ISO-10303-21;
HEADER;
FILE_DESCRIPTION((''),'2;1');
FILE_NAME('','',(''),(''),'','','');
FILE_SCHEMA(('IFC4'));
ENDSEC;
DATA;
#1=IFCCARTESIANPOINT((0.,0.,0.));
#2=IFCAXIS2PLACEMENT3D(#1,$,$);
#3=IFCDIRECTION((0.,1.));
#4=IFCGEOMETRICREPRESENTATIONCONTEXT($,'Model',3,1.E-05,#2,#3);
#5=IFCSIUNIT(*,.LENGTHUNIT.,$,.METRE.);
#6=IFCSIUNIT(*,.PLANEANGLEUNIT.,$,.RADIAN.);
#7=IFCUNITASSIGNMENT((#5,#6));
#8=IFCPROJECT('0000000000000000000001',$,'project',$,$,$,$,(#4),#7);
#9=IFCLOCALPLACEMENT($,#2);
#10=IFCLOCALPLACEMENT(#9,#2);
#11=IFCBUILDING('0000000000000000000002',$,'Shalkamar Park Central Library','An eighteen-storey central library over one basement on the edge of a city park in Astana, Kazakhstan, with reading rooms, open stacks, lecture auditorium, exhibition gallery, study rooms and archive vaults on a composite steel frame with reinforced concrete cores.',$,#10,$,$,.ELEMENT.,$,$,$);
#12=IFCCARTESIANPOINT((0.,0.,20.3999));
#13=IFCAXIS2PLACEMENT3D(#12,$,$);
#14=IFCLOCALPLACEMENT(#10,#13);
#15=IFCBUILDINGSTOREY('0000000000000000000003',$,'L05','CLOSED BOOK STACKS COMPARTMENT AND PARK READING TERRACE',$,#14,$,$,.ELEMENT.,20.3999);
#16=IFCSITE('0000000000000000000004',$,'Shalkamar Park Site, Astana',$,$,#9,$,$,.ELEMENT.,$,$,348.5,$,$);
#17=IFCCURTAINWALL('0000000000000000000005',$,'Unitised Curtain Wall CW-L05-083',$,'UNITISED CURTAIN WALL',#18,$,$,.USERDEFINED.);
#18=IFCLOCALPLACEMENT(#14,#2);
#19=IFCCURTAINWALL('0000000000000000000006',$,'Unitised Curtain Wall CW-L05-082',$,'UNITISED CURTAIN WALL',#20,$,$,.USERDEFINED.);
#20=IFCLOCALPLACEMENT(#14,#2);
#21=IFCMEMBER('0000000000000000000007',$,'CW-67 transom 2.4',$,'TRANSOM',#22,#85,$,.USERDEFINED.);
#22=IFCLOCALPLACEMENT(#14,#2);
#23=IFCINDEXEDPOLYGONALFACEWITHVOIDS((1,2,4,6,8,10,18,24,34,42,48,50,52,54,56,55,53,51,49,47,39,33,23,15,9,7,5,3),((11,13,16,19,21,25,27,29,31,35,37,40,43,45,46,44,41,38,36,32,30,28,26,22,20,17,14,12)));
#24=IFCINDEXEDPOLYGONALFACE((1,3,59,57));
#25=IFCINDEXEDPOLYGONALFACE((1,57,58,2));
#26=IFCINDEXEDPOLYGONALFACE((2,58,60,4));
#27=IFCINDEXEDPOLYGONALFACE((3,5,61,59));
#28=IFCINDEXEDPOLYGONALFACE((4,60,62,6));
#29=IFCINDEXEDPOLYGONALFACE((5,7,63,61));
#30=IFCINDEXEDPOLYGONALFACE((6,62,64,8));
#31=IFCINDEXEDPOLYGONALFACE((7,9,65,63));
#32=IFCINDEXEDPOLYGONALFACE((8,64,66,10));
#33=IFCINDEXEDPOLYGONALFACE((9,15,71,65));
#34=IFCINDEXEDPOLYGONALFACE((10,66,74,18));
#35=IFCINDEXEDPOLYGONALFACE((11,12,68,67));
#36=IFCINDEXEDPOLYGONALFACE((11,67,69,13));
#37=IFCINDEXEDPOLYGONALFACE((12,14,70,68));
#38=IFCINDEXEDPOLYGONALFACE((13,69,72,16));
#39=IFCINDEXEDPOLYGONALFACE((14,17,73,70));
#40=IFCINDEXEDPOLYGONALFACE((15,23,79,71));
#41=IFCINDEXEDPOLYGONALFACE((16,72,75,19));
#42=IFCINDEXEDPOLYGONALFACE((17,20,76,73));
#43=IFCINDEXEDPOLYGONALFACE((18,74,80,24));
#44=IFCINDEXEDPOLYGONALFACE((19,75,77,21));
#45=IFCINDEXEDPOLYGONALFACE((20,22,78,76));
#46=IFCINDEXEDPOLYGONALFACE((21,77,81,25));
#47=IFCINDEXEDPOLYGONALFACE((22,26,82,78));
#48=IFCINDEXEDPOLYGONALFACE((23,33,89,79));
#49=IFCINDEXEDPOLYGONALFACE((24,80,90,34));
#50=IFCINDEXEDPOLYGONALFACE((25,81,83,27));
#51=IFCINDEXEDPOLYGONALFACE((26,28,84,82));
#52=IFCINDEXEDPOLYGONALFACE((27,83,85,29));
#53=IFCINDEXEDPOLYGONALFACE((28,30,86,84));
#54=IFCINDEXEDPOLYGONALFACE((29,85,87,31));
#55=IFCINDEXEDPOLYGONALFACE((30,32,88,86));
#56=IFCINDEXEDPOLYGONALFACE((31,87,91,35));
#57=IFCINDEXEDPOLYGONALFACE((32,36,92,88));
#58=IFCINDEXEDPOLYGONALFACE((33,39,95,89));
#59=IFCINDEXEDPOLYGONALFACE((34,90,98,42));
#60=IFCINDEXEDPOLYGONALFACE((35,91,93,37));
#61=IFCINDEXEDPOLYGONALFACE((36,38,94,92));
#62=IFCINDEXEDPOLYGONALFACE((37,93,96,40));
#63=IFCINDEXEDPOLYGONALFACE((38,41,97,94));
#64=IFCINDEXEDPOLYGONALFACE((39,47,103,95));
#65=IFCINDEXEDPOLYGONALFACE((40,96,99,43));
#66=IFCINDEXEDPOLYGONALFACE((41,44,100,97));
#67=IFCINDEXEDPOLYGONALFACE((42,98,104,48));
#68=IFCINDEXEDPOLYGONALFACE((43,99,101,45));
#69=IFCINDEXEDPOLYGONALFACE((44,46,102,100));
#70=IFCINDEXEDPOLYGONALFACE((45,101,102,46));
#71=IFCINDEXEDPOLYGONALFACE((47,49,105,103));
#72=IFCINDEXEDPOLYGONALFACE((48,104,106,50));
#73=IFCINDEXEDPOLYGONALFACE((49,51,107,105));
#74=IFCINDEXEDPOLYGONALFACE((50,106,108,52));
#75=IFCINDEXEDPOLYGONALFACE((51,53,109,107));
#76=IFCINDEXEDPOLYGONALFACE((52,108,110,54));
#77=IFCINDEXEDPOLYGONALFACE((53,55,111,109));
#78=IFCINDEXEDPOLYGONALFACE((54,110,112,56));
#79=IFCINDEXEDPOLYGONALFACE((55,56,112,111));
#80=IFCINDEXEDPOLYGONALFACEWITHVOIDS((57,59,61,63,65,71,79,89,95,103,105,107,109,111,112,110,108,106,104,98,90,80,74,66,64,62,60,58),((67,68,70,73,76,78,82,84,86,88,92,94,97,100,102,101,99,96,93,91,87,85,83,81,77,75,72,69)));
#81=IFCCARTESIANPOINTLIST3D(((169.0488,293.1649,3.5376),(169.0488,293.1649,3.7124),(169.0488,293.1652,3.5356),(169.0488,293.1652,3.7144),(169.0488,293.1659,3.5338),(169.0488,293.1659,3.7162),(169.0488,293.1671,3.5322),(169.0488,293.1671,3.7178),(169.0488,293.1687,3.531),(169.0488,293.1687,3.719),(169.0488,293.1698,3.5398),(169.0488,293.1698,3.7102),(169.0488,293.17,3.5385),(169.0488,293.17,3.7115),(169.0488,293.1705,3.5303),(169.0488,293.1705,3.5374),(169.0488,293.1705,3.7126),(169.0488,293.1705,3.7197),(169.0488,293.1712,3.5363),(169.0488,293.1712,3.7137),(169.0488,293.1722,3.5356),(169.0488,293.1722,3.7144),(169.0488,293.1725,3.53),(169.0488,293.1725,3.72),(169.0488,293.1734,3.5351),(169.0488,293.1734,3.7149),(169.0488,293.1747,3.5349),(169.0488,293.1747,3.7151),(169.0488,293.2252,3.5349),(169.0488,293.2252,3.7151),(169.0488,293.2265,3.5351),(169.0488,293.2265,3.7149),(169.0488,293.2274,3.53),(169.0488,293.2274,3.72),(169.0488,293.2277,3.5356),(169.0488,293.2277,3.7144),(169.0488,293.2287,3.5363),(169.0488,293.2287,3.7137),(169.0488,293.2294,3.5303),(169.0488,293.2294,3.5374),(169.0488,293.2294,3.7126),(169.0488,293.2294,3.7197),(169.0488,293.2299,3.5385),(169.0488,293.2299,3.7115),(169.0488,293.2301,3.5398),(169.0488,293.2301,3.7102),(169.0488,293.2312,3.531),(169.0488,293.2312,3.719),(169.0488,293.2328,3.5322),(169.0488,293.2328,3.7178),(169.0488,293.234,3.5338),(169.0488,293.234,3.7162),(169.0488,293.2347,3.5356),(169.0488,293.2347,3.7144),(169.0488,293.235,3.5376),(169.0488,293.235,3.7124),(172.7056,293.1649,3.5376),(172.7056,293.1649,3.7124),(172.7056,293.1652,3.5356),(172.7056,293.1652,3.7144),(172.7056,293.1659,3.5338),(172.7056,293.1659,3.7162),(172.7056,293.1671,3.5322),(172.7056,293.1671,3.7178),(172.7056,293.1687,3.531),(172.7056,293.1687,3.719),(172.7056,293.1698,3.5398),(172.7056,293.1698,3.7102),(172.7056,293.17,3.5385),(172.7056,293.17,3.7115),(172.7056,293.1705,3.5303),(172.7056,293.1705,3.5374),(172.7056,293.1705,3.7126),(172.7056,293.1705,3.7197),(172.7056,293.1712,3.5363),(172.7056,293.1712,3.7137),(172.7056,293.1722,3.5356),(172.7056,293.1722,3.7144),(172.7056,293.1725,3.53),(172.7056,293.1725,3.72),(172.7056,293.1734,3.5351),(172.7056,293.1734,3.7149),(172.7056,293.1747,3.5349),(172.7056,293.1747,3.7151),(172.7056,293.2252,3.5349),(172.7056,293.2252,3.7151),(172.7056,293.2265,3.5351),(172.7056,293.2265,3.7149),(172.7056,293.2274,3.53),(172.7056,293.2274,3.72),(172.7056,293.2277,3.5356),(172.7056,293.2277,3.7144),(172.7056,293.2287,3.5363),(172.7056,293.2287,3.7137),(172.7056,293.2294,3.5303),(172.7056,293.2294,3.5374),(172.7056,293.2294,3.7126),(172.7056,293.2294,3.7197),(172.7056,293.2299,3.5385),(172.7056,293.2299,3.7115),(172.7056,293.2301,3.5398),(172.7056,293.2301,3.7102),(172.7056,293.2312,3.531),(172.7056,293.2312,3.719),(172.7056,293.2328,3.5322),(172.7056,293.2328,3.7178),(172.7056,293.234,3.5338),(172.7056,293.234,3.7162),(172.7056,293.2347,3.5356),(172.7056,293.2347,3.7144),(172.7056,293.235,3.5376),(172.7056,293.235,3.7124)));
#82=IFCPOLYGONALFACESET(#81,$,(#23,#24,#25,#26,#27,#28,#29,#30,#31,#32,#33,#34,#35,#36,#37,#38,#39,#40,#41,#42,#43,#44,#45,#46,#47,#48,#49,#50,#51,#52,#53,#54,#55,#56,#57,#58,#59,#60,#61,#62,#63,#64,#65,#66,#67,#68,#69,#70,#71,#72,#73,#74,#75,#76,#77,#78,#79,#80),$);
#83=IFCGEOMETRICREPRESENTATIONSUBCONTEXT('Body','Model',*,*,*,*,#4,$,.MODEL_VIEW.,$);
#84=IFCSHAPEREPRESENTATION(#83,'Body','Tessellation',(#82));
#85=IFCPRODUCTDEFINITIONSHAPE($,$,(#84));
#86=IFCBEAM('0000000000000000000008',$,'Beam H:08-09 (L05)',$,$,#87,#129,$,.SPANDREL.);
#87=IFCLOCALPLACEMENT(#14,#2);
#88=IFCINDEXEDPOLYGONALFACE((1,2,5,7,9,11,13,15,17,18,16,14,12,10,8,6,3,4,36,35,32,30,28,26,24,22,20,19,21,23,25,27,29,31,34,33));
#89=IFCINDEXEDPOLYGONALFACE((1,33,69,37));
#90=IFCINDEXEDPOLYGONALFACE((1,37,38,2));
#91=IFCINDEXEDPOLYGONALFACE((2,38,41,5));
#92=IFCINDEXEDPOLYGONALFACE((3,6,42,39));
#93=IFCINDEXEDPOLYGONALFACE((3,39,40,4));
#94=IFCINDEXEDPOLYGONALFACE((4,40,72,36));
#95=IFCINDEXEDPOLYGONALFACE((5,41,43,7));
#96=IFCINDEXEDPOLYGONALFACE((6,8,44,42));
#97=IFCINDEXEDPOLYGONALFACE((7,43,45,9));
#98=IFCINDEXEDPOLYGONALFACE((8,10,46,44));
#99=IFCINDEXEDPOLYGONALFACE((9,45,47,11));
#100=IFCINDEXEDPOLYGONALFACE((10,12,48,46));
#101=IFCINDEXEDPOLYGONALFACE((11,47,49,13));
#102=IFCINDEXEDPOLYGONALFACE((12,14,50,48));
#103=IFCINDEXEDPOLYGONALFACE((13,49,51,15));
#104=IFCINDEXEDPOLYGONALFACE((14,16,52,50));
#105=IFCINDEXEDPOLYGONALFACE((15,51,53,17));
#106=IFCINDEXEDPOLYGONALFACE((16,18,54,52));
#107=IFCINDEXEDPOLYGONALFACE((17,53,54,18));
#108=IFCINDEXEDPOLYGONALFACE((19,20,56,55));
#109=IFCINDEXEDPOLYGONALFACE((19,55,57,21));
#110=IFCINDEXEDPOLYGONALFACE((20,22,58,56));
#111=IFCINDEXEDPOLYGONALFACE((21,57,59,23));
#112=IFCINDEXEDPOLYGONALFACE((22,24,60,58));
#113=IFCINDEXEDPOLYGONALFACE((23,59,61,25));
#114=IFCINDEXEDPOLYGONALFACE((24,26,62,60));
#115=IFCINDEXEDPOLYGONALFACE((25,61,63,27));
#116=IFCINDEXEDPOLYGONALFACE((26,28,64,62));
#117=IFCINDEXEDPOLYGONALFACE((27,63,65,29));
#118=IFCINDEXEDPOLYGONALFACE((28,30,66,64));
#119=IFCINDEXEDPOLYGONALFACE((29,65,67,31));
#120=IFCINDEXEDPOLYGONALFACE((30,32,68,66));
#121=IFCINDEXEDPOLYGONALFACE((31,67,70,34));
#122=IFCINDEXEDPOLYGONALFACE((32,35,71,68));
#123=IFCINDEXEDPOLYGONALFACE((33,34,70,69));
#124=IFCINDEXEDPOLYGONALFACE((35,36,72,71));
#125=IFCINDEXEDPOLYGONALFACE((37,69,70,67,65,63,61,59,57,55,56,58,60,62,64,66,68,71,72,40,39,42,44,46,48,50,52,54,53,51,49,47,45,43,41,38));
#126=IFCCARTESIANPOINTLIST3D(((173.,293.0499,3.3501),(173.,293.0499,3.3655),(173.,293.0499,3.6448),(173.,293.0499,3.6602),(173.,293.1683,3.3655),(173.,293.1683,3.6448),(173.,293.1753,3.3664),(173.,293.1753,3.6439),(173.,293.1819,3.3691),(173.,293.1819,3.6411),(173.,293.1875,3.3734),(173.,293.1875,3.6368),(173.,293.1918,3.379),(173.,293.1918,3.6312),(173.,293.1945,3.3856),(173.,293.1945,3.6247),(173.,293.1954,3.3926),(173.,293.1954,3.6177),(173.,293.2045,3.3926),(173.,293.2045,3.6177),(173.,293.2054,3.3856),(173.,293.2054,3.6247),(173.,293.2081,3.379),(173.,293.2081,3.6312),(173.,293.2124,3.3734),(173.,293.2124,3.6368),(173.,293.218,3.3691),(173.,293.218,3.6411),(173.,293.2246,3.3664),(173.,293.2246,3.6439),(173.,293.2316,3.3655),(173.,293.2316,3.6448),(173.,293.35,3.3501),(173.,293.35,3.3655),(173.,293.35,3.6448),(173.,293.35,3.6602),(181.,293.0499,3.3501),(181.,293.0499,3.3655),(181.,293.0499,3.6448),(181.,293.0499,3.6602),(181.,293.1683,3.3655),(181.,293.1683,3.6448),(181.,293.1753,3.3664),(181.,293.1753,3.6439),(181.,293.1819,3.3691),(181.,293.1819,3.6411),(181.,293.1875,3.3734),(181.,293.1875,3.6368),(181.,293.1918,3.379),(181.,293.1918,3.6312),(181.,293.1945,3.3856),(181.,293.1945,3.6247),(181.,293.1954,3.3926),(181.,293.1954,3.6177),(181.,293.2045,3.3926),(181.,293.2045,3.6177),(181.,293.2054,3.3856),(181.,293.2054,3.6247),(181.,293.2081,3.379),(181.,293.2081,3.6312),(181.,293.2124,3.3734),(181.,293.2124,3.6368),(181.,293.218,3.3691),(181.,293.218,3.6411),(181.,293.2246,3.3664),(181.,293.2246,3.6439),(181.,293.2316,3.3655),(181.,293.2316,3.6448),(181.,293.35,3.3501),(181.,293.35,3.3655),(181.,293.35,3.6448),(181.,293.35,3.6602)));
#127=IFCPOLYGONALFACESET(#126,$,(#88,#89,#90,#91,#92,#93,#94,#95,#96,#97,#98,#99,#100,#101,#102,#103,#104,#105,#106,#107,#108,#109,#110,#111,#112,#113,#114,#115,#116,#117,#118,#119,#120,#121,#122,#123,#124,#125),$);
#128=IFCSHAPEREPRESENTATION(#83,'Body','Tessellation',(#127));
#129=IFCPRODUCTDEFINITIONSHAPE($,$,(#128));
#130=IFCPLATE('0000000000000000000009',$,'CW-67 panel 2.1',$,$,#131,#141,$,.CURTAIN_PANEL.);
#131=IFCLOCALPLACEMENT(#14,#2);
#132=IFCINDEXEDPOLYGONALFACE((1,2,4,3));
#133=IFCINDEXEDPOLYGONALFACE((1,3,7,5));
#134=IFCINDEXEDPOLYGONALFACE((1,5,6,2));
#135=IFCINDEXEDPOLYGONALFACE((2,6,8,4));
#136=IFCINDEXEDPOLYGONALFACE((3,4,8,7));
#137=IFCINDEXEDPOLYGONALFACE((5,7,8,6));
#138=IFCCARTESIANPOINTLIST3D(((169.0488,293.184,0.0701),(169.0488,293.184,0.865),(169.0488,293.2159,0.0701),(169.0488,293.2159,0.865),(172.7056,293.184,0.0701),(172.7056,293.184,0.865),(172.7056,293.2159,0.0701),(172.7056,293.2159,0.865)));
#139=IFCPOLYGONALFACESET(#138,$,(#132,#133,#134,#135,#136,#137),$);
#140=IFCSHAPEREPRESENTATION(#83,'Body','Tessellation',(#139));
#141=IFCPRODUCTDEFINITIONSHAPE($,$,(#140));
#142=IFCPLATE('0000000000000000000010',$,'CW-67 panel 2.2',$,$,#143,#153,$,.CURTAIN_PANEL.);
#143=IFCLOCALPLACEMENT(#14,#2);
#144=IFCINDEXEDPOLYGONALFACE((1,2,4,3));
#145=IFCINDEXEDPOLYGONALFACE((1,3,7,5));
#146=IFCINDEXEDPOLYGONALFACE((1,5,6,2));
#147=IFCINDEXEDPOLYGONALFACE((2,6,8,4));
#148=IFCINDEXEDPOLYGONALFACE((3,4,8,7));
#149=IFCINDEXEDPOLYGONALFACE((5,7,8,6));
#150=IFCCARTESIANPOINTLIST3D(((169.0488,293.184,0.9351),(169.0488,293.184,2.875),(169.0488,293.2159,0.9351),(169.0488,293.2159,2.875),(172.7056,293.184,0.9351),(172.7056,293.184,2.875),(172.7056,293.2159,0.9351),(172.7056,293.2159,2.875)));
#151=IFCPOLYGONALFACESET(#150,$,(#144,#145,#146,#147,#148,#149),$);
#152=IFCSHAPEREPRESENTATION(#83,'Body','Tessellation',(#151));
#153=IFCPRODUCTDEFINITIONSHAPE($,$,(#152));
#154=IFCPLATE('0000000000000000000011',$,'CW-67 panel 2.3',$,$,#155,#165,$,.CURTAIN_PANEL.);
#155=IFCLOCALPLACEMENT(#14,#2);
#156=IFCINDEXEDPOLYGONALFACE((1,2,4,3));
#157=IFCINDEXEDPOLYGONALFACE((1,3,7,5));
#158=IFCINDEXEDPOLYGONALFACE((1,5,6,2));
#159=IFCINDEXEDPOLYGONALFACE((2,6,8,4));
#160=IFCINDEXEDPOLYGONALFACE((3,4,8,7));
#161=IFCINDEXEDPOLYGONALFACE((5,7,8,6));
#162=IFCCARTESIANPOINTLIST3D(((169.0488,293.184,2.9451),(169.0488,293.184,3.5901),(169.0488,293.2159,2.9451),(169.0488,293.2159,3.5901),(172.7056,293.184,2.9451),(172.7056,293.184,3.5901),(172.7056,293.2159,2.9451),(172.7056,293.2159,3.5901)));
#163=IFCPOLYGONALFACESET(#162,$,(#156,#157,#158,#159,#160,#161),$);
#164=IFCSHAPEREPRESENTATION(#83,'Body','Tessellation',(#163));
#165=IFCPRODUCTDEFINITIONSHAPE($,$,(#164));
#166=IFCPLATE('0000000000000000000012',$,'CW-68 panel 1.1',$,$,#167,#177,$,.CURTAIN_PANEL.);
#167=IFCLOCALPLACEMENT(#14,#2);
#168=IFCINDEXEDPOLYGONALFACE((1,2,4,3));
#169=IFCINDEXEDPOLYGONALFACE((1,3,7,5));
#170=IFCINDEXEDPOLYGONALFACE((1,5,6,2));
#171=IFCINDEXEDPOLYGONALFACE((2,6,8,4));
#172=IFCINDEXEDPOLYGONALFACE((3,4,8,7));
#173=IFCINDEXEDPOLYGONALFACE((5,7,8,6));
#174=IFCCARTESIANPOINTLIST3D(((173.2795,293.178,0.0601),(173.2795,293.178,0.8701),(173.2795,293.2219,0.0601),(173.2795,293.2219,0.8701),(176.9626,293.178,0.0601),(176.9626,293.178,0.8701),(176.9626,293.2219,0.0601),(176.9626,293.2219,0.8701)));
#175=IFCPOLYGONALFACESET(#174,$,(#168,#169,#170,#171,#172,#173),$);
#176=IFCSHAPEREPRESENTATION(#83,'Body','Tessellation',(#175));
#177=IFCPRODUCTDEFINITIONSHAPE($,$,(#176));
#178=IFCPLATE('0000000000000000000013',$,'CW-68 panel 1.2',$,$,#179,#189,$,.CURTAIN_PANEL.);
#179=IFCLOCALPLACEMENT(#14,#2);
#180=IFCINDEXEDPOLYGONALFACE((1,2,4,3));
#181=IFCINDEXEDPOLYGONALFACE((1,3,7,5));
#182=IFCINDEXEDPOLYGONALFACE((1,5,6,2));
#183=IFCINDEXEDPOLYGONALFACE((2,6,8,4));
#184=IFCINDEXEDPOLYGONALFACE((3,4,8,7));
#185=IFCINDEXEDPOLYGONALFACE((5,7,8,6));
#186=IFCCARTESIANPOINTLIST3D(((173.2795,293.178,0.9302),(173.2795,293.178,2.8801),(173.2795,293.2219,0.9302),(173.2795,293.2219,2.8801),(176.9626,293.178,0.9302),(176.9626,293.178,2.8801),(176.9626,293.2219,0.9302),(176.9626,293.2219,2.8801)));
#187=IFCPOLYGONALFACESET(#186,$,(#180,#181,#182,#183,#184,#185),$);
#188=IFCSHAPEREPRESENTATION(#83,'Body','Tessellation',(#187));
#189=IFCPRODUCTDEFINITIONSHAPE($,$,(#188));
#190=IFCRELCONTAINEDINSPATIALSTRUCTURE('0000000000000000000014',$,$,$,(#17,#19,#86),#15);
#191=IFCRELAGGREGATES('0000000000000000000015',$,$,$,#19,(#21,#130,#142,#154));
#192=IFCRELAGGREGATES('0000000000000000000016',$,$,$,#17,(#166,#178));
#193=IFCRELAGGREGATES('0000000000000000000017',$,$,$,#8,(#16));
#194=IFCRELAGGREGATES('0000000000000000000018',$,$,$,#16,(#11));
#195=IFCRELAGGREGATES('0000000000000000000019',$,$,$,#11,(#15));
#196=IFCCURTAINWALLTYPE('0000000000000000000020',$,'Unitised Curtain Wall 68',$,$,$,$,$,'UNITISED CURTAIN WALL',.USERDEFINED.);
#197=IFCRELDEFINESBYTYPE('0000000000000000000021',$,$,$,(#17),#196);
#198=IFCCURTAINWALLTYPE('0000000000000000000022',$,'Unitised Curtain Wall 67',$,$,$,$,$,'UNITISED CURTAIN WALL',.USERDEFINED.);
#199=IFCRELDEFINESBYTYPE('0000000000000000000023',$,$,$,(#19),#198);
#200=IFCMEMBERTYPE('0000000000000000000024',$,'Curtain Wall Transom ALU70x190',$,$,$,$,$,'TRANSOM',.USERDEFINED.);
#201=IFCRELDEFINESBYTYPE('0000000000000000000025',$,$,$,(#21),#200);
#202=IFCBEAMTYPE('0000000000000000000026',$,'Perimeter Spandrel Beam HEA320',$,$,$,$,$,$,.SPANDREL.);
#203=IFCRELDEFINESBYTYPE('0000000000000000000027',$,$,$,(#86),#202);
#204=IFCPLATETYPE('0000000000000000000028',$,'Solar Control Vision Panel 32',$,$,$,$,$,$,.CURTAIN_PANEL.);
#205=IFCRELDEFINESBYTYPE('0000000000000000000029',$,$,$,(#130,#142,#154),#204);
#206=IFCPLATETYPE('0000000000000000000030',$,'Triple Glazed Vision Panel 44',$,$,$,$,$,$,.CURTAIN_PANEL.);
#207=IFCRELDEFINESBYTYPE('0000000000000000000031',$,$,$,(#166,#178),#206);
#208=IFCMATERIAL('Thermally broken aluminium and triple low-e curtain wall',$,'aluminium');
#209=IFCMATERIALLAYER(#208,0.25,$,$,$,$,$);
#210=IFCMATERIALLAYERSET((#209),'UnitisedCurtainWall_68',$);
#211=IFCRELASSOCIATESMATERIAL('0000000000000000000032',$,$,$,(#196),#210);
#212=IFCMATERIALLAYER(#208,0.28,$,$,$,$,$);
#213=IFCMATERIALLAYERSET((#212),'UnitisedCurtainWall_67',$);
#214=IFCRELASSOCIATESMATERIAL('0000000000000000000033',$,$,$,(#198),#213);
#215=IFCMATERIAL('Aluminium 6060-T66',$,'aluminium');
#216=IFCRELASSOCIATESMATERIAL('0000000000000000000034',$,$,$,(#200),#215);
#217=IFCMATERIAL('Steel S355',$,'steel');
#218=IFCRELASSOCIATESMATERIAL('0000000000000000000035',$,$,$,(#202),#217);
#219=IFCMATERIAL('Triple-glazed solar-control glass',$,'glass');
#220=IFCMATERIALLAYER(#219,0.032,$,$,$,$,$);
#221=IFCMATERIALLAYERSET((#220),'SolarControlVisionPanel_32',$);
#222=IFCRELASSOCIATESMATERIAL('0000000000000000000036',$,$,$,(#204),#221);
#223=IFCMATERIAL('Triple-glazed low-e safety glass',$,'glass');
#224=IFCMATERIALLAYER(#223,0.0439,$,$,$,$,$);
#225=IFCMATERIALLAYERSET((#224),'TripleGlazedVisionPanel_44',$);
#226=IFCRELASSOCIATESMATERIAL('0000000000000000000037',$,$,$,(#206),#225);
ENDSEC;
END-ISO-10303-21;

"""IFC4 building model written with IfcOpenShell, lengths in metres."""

from ifc_helpers import new_model, si_unit, direction, frame, origin, origin_2d, place, context, subcontext, project, spatial, rectangle, hollow_rectangle, i_section, extrude, material, layer, layer_set, material_profile, profile_set, type_object, element, aggregate, save


model = new_model("IFC4")

# Units and contexts
model_context = context("Model", 3, precision=1e-05, world=origin(), true_north=direction((0.0, 1.0)))
body_context = subcontext(model_context, "Body", "Model", "MODEL_VIEW")
ifc_project = project(units=[si_unit("LENGTHUNIT", "METRE"), si_unit("PLANEANGLEUNIT", "RADIAN")], contexts=[model_context])

# Site, building, storey
site_placement = place(None, origin())
site = spatial("IfcSite", under=ifc_project, at=site_placement, Name="Shalkamar Park Site, Astana", CompositionType="ELEMENT", RefElevation=348.5)
building_placement = place(site_placement, origin())
building = spatial("IfcBuilding", under=site, at=building_placement, Name="Shalkamar Park Central Library", Description="An eighteen-storey central library over one basement on the edge of a city park in Astana, Kazakhstan, with reading rooms, open stacks, lecture auditorium, exhibition gallery, study rooms and archive vaults on a composite steel frame with reinforced concrete cores.", CompositionType="ELEMENT")
storey_placement = place(building_placement, frame((0.0, 0.0, 20.3999)))
storey = spatial("IfcBuildingStorey", under=building, at=storey_placement, Name="L05", Description="CLOSED BOOK STACKS COMPARTMENT AND PARK READING TERRACE", CompositionType="ELEMENT", Elevation=20.3999)

# Shared definitions
ifc_material_1 = material(Name="Steel S355", Category="steel")

# Curtain walls
ifc_material_2 = material(Name="Thermally broken aluminium and triple low-e curtain wall", Category="aluminium")
ifc_layer_1 = layer(ifc_material_2, 0.25)
ifc_layer_set_1 = layer_set([ifc_layer_1], Name="UnitisedCurtainWall_68")
curtain_wall_type_1 = type_object("IfcCurtainWallType", Name="Unitised Curtain Wall 68", ElementType="UNITISED CURTAIN WALL", PredefinedType="USERDEFINED", material=ifc_layer_set_1)
curtain_wall_1_placement = place(storey_placement, origin())
curtain_wall_1 = element("IfcCurtainWall", 1, at=curtain_wall_1_placement, inside=storey, type_object=curtain_wall_type_1, Name="Unitised Curtain Wall CW-L05-083", ObjectType="UNITISED CURTAIN WALL", PredefinedType="USERDEFINED")
ifc_material_3 = material(Name="Aluminium 6060-T66", Category="aluminium")
ifc_layer_2 = layer(ifc_material_2, 0.28)
ifc_layer_set_2 = layer_set([ifc_layer_2], Name="UnitisedCurtainWall_67")
curtain_wall_type_2 = type_object("IfcCurtainWallType", Name="Unitised Curtain Wall 67", ElementType="UNITISED CURTAIN WALL", PredefinedType="USERDEFINED", material=ifc_layer_set_2)
curtain_wall_2_placement = place(storey_placement, origin())
curtain_wall_2 = element("IfcCurtainWall", 2, at=curtain_wall_2_placement, inside=storey, type_object=curtain_wall_type_2, Name="Unitised Curtain Wall CW-L05-082", ObjectType="UNITISED CURTAIN WALL", PredefinedType="USERDEFINED")

# Member
ifc_material_profile_1 = material_profile(ifc_material_3, hollow_rectangle(XDim=0.0701, YDim=0.1899, WallThickness=0.0049, InnerFilletRadius=0.0049, OuterFilletRadius=0.0076, at=origin_2d()), Name="ALU 70x190x5")
ifc_profile_set_1 = profile_set([ifc_material_profile_1], Name="Aluminium 6060-T66")
member_type_1 = type_object("IfcMemberType", Name="Curtain Wall Transom ALU70x190", ElementType="TRANSOM", PredefinedType="USERDEFINED", material=ifc_profile_set_1)
member_1_placement = place(storey_placement, frame((169.0488, 293.2, 3.625), z_axis=(1.0, 0.0, 0.0), x_axis=(0.0, 1.0, 0.0)))
member_1 = element("IfcMember", 3, at=member_1_placement, type_object=member_type_1, Name="CW-67 transom 2.4", ObjectType="TRANSOM", PredefinedType="USERDEFINED", context=body_context, shape_type="SweptSolid", body=[
    extrude(hollow_rectangle(XDim=0.0701, YDim=0.1899, WallThickness=0.0049, InnerFilletRadius=0.0049, OuterFilletRadius=0.0076, at=origin_2d()), origin(), (0.0, 0.0, 1.0), 3.6567),
])

# Beam
ifc_material_profile_2 = material_profile(ifc_material_1, i_section(OverallWidth=0.3, OverallDepth=0.3101, WebThickness=0.009, FlangeThickness=0.0154, FilletRadius=0.0271, at=origin_2d()), Name="HEA 320")
ifc_profile_set_2 = profile_set([ifc_material_profile_2], Name="Steel S355")
beam_type = type_object("IfcBeamType", Name="Perimeter Spandrel Beam HEA320", PredefinedType="SPANDREL", material=ifc_profile_set_2)
beam_placement = place(storey_placement, frame((173.0, 293.2, 3.5051), z_axis=(1.0, 0.0, 0.0), x_axis=(0.0, 1.0, 0.0)))
element("IfcBeam", 4, at=beam_placement, inside=storey, type_object=beam_type, Name="Beam H:08-09 (L05)", PredefinedType="SPANDREL", context=body_context, shape_type="SweptSolid", body=[
    extrude(i_section(OverallWidth=0.3, OverallDepth=0.3101, WebThickness=0.009, FlangeThickness=0.0154, FilletRadius=0.0271, at=origin_2d()), origin(), (0.0, 0.0, 1.0), 8.0),
])

# Plates
ifc_material_4 = material(Name="Triple-glazed solar-control glass", Category="glass")
ifc_layer_3 = layer(ifc_material_4, 0.032)
ifc_layer_set_3 = layer_set([ifc_layer_3], Name="SolarControlVisionPanel_32")
plate_type_1 = type_object("IfcPlateType", Name="Solar Control Vision Panel 32", PredefinedType="CURTAIN_PANEL", material=ifc_layer_set_3)
plate_1_placement = place(storey_placement, frame((170.8772, 293.2, 0.0701), z_axis=(0.0, 0.0, 1.0), x_axis=(1.0, 0.0, 0.0)))
plate_1 = element("IfcPlate", 5, at=plate_1_placement, type_object=plate_type_1, Name="CW-67 panel 2.1", PredefinedType="CURTAIN_PANEL", context=body_context, shape_type="SweptSolid", body=[
    extrude(rectangle(XDim=3.6567, YDim=0.032, at=origin_2d()), origin(), (0.0, 0.0, 1.0), 0.7949),
])
plate_2_placement = place(storey_placement, frame((170.8772, 293.2, 0.9351), z_axis=(0.0, 0.0, 1.0), x_axis=(1.0, 0.0, 0.0)))
plate_2 = element("IfcPlate", 6, at=plate_2_placement, type_object=plate_type_1, Name="CW-67 panel 2.2", PredefinedType="CURTAIN_PANEL", context=body_context, shape_type="SweptSolid", body=[
    extrude(rectangle(XDim=3.6567, YDim=0.032, at=origin_2d()), origin(), (0.0, 0.0, 1.0), 1.9399),
])
plate_3_placement = place(storey_placement, frame((170.8772, 293.2, 2.9451), z_axis=(0.0, 0.0, 1.0), x_axis=(1.0, 0.0, 0.0)))
plate_3 = element("IfcPlate", 7, at=plate_3_placement, type_object=plate_type_1, Name="CW-67 panel 2.3", PredefinedType="CURTAIN_PANEL", context=body_context, shape_type="SweptSolid", body=[
    extrude(rectangle(XDim=3.6567, YDim=0.032, at=origin_2d()), origin(), (0.0, 0.0, 1.0), 0.645),
])
aggregate(curtain_wall_2, [member_1, plate_1, plate_2, plate_3])
ifc_material_5 = material(Name="Triple-glazed low-e safety glass", Category="glass")
ifc_layer_4 = layer(ifc_material_5, 0.0439)
ifc_layer_set_4 = layer_set([ifc_layer_4], Name="TripleGlazedVisionPanel_44")
plate_type_2 = type_object("IfcPlateType", Name="Triple Glazed Vision Panel 44", PredefinedType="CURTAIN_PANEL", material=ifc_layer_set_4)
plate_4_placement = place(storey_placement, frame((175.1211, 293.2, 0.0601), z_axis=(0.0, 0.0, 1.0), x_axis=(1.0, 0.0, 0.0)))
plate_4 = element("IfcPlate", 8, at=plate_4_placement, type_object=plate_type_2, Name="CW-68 panel 1.1", PredefinedType="CURTAIN_PANEL", context=body_context, shape_type="SweptSolid", body=[
    extrude(rectangle(XDim=3.6831, YDim=0.0439, at=origin_2d()), origin(), (0.0, 0.0, 1.0), 0.8101),
])
plate_5_placement = place(storey_placement, frame((175.1211, 293.2, 0.9302), z_axis=(0.0, 0.0, 1.0), x_axis=(1.0, 0.0, 0.0)))
plate_5 = element("IfcPlate", 9, at=plate_5_placement, type_object=plate_type_2, Name="CW-68 panel 1.2", PredefinedType="CURTAIN_PANEL", context=body_context, shape_type="SweptSolid", body=[
    extrude(rectangle(XDim=3.6831, YDim=0.0439, at=origin_2d()), origin(), (0.0, 0.0, 1.0), 1.95),
])
aggregate(curtain_wall_1, [plate_4, plate_5])

save(model, "model.ifc")
